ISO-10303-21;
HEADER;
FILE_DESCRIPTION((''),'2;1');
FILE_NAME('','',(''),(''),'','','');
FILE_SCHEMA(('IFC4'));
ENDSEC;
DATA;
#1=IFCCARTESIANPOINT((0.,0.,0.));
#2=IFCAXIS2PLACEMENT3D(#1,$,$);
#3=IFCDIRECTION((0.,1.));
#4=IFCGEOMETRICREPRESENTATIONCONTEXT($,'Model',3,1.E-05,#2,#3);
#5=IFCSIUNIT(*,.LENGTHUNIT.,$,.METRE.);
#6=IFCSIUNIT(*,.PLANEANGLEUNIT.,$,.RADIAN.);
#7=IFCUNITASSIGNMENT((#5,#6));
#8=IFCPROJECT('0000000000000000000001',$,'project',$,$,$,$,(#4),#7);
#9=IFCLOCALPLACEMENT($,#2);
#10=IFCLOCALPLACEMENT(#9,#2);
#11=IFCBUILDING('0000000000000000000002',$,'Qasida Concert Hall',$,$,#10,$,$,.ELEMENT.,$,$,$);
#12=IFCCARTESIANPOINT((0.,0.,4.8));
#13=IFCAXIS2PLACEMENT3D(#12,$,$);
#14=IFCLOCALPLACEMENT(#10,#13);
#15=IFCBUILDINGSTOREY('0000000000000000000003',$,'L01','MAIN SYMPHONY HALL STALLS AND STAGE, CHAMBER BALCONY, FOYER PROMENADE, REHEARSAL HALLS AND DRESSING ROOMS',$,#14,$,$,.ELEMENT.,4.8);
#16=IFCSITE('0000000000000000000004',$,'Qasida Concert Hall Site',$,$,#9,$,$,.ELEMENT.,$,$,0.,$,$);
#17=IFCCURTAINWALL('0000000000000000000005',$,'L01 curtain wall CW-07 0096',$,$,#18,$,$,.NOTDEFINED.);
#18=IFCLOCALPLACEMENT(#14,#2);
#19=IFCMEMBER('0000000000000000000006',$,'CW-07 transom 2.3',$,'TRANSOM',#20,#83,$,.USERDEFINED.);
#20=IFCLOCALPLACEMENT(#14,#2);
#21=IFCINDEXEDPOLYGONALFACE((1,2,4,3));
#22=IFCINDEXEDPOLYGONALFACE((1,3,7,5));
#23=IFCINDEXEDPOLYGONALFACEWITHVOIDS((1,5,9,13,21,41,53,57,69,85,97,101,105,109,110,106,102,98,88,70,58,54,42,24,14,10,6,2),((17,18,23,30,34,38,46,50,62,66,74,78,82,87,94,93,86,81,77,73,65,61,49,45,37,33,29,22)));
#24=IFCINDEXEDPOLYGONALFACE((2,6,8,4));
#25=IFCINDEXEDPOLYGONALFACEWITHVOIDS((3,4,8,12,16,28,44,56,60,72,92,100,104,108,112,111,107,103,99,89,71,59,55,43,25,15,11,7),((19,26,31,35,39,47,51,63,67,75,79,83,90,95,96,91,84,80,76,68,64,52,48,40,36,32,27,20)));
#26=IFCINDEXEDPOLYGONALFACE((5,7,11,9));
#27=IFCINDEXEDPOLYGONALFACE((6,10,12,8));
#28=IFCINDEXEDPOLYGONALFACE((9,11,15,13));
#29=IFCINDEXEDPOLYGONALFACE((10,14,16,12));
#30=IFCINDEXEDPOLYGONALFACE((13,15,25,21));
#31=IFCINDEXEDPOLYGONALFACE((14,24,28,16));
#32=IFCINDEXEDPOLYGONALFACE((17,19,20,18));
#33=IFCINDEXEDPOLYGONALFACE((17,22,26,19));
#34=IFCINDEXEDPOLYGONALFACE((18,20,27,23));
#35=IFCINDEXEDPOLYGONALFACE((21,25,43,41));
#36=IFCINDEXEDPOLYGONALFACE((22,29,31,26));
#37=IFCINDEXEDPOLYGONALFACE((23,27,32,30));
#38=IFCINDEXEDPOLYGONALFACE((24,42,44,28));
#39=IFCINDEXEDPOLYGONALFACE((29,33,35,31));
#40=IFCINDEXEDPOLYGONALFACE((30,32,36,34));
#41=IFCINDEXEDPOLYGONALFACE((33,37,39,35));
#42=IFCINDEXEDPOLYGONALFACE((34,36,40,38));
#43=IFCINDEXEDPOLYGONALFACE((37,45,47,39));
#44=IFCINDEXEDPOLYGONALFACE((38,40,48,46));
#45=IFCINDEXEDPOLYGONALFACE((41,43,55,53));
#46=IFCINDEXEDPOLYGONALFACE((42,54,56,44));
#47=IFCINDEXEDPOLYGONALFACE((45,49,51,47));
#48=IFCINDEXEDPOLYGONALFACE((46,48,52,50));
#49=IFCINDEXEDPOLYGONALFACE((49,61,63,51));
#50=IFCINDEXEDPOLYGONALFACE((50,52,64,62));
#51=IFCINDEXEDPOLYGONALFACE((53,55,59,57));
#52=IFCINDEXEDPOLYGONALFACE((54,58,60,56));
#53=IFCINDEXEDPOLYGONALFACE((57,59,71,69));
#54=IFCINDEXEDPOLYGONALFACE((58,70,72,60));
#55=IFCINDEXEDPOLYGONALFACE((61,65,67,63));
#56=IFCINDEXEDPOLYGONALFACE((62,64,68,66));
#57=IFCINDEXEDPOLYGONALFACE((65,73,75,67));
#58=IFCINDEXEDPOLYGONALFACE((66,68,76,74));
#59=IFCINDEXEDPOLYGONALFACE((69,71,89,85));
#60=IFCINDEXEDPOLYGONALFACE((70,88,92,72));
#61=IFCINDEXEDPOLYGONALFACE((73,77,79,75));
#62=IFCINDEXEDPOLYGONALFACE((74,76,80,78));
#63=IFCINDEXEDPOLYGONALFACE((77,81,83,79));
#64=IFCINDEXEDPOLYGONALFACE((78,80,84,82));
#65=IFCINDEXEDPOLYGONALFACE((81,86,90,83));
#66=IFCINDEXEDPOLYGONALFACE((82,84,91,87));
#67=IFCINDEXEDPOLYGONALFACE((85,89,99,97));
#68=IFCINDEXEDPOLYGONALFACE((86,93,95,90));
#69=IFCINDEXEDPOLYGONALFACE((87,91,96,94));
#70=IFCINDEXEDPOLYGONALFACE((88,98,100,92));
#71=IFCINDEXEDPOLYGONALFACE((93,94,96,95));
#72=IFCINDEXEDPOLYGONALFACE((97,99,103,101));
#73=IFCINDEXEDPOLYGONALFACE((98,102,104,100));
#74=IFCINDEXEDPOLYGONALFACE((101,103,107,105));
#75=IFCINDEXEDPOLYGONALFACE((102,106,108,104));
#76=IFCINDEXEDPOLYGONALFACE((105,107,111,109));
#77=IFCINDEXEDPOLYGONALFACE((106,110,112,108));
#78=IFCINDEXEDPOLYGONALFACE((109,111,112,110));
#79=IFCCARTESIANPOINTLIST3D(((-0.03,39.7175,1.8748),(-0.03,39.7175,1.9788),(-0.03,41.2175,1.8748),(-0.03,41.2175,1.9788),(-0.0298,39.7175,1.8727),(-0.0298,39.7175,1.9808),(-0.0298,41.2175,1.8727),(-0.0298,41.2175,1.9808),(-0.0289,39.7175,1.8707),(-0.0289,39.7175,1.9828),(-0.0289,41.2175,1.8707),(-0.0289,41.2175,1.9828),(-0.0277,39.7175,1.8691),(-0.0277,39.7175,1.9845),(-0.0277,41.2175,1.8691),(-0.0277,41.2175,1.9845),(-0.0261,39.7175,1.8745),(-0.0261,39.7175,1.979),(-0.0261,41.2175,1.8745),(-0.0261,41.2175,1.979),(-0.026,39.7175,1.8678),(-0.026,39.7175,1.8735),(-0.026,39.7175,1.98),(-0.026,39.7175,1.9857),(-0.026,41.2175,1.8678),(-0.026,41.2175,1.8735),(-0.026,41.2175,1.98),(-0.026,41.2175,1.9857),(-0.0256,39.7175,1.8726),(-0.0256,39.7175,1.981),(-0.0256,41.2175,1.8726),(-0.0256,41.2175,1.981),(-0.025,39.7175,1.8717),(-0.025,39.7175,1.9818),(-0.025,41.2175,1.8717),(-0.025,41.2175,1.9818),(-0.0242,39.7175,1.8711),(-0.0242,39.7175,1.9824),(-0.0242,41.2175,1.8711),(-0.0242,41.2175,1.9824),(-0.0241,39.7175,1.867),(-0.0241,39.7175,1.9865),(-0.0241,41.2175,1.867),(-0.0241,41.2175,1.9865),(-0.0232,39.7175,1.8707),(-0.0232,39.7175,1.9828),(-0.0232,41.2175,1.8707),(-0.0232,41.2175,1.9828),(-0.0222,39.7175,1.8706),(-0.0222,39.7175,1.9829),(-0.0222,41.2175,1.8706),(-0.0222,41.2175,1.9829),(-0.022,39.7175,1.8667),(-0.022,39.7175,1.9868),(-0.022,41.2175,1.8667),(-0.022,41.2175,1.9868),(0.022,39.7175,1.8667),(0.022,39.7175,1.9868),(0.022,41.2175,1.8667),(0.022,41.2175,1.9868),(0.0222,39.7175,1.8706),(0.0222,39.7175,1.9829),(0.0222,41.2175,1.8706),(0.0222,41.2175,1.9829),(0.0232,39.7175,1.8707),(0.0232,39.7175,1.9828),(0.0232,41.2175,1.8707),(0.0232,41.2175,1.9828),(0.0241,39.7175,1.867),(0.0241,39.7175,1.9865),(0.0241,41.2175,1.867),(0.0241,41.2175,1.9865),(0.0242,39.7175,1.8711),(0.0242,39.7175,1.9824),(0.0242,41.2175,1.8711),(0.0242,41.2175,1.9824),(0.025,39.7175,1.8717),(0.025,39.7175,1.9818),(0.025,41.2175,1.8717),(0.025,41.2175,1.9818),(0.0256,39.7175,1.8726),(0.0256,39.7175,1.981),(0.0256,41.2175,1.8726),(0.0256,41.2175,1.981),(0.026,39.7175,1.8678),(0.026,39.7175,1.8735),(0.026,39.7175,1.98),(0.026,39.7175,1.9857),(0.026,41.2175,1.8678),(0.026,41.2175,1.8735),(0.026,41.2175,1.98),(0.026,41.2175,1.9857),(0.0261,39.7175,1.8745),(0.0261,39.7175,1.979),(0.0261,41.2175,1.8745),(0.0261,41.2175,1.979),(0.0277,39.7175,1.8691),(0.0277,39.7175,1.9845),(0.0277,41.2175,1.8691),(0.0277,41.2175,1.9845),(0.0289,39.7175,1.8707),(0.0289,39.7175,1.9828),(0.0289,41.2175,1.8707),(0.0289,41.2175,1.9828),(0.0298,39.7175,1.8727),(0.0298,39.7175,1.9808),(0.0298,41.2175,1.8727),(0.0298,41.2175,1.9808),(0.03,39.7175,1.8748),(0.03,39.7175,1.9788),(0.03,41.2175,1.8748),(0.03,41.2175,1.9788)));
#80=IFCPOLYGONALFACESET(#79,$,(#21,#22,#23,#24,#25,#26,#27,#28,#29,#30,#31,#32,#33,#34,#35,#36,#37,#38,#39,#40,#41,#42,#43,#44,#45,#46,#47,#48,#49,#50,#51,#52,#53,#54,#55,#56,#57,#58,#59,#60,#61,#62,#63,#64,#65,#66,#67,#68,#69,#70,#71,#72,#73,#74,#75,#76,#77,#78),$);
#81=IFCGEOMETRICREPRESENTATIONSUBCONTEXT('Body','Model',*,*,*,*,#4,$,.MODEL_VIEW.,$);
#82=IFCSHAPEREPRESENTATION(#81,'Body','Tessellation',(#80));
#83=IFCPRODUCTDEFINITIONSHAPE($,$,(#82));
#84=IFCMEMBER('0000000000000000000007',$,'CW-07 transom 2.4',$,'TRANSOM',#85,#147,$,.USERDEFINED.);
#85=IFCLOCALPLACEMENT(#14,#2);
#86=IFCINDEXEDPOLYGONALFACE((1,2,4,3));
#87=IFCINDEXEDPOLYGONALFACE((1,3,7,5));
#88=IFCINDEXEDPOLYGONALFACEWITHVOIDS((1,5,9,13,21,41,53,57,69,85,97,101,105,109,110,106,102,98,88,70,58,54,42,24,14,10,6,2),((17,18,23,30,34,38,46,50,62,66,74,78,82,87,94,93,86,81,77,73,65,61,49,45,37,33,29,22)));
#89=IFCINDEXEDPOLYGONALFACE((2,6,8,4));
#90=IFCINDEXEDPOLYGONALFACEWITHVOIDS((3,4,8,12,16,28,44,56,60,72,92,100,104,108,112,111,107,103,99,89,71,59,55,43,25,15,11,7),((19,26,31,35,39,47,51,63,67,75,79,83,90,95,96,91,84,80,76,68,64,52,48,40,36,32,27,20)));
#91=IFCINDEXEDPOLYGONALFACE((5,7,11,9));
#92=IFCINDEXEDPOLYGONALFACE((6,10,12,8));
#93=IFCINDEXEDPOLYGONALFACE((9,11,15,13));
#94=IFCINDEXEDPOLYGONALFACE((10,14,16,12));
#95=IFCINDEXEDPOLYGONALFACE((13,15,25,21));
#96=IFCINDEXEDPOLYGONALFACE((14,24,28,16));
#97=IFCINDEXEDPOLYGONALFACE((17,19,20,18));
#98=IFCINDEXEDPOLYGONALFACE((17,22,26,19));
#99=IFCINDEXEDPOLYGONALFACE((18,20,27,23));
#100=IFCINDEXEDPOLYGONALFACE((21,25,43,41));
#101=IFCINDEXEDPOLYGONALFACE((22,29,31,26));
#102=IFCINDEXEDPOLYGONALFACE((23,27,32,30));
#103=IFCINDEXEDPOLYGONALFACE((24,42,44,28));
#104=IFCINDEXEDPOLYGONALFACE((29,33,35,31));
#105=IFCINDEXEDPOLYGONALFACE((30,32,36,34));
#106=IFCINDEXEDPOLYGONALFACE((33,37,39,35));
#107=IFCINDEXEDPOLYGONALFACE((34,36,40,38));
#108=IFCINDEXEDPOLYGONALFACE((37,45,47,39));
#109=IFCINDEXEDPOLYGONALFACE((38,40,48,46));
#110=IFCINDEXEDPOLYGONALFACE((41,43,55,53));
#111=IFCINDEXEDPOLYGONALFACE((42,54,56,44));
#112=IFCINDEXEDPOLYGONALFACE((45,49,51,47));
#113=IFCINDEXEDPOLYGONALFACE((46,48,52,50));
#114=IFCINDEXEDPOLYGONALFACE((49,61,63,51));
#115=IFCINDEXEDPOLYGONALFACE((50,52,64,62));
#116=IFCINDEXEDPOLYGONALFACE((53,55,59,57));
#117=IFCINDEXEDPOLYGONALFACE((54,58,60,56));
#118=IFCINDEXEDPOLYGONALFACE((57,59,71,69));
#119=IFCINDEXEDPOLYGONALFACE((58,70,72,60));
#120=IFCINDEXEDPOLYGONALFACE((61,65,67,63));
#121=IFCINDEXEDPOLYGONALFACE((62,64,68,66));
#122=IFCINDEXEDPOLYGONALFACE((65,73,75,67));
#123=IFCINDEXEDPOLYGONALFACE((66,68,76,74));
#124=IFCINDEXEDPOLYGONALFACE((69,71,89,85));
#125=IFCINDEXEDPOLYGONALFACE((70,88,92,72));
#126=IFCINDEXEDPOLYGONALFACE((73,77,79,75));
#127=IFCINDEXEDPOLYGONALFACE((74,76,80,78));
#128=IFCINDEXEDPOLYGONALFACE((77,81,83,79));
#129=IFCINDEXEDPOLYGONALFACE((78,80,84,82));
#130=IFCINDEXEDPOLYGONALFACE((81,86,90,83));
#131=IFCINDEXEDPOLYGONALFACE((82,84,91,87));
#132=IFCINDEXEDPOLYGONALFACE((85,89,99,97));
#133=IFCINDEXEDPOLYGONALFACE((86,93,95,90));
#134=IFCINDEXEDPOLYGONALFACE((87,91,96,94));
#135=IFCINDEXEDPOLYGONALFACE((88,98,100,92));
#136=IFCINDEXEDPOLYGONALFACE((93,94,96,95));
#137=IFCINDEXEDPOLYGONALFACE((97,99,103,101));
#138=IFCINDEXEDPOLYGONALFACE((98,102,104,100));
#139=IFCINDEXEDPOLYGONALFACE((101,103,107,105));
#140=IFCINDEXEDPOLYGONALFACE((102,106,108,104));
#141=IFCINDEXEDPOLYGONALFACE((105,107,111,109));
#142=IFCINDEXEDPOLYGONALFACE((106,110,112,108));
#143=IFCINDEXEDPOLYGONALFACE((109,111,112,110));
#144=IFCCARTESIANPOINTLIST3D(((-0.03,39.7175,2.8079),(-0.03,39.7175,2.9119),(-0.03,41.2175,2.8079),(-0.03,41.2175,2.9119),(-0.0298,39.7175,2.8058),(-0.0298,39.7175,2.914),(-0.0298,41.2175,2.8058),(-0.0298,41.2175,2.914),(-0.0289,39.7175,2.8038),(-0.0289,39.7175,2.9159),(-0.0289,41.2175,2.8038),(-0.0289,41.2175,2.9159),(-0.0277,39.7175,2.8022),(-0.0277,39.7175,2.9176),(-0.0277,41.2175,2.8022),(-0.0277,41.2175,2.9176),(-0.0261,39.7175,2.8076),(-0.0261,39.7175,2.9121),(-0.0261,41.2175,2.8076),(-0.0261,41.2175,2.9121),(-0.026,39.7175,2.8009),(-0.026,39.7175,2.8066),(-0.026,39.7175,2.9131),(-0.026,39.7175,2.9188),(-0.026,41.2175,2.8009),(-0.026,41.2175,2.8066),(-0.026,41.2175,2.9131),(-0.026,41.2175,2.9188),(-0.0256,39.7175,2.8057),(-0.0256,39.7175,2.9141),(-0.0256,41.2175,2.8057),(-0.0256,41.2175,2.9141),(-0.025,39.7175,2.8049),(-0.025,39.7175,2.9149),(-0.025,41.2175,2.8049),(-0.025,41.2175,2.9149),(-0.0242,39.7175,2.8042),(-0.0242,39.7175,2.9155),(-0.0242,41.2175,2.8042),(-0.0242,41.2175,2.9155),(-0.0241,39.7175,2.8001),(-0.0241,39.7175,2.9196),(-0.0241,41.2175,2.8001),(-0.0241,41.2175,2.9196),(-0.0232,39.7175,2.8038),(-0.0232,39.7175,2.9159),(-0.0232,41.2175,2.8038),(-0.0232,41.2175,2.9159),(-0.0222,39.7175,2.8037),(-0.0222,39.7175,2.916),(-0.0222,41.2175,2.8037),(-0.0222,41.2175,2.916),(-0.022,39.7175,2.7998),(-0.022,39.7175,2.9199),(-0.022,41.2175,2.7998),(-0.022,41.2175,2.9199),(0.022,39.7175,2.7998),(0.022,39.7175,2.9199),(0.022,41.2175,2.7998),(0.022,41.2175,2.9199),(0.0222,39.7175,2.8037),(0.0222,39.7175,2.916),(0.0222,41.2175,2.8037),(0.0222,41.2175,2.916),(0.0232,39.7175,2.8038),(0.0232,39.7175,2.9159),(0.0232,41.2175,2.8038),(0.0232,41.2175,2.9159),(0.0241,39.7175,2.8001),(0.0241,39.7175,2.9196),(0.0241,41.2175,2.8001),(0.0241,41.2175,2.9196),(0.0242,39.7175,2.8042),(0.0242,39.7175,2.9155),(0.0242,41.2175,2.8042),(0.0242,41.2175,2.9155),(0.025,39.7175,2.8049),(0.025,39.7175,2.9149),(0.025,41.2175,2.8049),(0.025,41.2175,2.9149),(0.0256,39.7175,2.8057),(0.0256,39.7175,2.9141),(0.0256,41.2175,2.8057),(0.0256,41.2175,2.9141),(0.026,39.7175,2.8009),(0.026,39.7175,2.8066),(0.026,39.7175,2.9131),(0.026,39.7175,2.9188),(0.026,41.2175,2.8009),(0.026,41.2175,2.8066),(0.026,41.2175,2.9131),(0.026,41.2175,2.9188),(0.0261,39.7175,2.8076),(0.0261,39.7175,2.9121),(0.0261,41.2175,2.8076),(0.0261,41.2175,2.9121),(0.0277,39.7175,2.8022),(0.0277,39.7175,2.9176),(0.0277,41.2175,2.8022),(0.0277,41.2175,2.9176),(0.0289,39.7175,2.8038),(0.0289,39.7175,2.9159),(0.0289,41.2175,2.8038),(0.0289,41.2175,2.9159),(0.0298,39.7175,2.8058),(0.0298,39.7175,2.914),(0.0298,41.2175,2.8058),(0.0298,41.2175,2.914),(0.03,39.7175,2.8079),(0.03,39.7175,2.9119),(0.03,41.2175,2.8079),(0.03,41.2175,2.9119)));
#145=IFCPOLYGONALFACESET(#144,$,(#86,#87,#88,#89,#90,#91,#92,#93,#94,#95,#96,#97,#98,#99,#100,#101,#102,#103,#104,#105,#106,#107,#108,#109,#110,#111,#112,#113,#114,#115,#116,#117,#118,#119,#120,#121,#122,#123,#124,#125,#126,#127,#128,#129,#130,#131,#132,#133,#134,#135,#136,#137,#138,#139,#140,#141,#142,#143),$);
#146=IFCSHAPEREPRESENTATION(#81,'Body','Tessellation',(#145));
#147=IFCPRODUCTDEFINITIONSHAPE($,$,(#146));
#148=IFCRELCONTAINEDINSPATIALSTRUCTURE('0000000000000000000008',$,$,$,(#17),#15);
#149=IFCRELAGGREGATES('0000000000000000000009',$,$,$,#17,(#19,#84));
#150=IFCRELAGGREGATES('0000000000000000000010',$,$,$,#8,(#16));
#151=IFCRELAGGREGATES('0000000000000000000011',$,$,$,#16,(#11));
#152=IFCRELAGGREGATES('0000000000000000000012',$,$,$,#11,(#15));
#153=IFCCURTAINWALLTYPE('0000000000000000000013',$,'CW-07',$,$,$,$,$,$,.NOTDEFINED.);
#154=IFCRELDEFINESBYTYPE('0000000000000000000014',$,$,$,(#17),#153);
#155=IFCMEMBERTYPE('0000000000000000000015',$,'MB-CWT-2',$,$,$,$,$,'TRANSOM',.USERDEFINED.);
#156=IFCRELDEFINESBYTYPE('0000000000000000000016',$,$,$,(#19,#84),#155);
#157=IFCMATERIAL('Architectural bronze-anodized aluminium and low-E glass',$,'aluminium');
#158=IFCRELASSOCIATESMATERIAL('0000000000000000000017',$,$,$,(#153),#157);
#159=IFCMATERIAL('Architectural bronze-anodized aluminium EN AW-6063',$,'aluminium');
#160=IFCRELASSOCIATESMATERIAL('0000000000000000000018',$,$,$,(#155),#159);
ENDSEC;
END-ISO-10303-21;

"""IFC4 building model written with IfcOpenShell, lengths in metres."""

from ifc_helpers import new_model, si_unit, direction, frame, origin, origin_2d, place, context, subcontext, project, spatial, hollow_rectangle, extrude, material, material_profile, profile_set, type_object, element, aggregate, save


model = new_model("IFC4")

# Units and contexts
model_context = context("Model", 3, precision=1e-05, world=origin(), true_north=direction((0.0, 1.0)))
body_context = subcontext(model_context, "Body", "Model", "MODEL_VIEW")
ifc_project = project(units=[si_unit("LENGTHUNIT", "METRE"), si_unit("PLANEANGLEUNIT", "RADIAN")], contexts=[model_context])

# Site, building, storey
site_placement = place(None, origin())
site = spatial("IfcSite", under=ifc_project, at=site_placement, Name="Qasida Concert Hall Site", CompositionType="ELEMENT", RefElevation=0.0)
building_placement = place(site_placement, origin())
building = spatial("IfcBuilding", under=site, at=building_placement, Name="Qasida Concert Hall", CompositionType="ELEMENT")
storey_placement = place(building_placement, frame((0.0, 0.0, 4.8)))
storey = spatial("IfcBuildingStorey", under=building, at=storey_placement, Name="L01", Description="MAIN SYMPHONY HALL STALLS AND STAGE, CHAMBER BALCONY, FOYER PROMENADE, REHEARSAL HALLS AND DRESSING ROOMS", CompositionType="ELEMENT", Elevation=4.8)

# Curtain wall, members
ifc_material_1 = material(Name="Architectural bronze-anodized aluminium and low-E glass", Category="aluminium")
curtain_wall_type = type_object("IfcCurtainWallType", Name="CW-07", PredefinedType="NOTDEFINED", material=ifc_material_1)
curtain_wall_placement = place(storey_placement, origin())
curtain_wall = element("IfcCurtainWall", 1, at=curtain_wall_placement, inside=storey, type_object=curtain_wall_type, Name="L01 curtain wall CW-07 0096", PredefinedType="NOTDEFINED")
ifc_material_2 = material(Name="Architectural bronze-anodized aluminium EN AW-6063", Category="aluminium")
ifc_material_profile_1 = material_profile(ifc_material_2, hollow_rectangle(XDim=0.0601, YDim=0.1201, WallThickness=0.0039, InnerFilletRadius=0.0039, OuterFilletRadius=0.0081, at=origin_2d()), Name="CWT 120x60x4")
ifc_profile_set_1 = profile_set([ifc_material_profile_1], Name="Architectural bronze-anodized aluminium EN AW-6063")
member_type_1 = type_object("IfcMemberType", Name="MB-CWT-2", ElementType="TRANSOM", PredefinedType="USERDEFINED", material=ifc_profile_set_1)
member_1_placement = place(storey_placement, frame((0.0, 39.7175, 1.9268), z_axis=(0.0, 1.0, 0.0), x_axis=(-1.0, 0.0, 0.0)))
member_1 = element("IfcMember", 2, at=member_1_placement, type_object=member_type_1, Name="CW-07 transom 2.3", ObjectType="TRANSOM", PredefinedType="USERDEFINED", context=body_context, shape_type="SweptSolid", body=[
    extrude(hollow_rectangle(XDim=0.0601, YDim=0.1201, WallThickness=0.0039, InnerFilletRadius=0.0039, OuterFilletRadius=0.0081, at=origin_2d()), origin(), (0.0, 0.0, 1.0), 1.5),
])
member_2_placement = place(storey_placement, frame((0.0, 39.7175, 2.8599), z_axis=(0.0, 1.0, 0.0), x_axis=(-1.0, 0.0, 0.0)))
member_2 = element("IfcMember", 3, at=member_2_placement, type_object=member_type_1, Name="CW-07 transom 2.4", ObjectType="TRANSOM", PredefinedType="USERDEFINED", context=body_context, shape_type="SweptSolid", body=[
    extrude(hollow_rectangle(XDim=0.0601, YDim=0.1201, WallThickness=0.0039, InnerFilletRadius=0.0039, OuterFilletRadius=0.0081, at=origin_2d()), origin(), (0.0, 0.0, 1.0), 1.5),
])
aggregate(curtain_wall, [member_1, member_2])

save(model, "model.ifc")
